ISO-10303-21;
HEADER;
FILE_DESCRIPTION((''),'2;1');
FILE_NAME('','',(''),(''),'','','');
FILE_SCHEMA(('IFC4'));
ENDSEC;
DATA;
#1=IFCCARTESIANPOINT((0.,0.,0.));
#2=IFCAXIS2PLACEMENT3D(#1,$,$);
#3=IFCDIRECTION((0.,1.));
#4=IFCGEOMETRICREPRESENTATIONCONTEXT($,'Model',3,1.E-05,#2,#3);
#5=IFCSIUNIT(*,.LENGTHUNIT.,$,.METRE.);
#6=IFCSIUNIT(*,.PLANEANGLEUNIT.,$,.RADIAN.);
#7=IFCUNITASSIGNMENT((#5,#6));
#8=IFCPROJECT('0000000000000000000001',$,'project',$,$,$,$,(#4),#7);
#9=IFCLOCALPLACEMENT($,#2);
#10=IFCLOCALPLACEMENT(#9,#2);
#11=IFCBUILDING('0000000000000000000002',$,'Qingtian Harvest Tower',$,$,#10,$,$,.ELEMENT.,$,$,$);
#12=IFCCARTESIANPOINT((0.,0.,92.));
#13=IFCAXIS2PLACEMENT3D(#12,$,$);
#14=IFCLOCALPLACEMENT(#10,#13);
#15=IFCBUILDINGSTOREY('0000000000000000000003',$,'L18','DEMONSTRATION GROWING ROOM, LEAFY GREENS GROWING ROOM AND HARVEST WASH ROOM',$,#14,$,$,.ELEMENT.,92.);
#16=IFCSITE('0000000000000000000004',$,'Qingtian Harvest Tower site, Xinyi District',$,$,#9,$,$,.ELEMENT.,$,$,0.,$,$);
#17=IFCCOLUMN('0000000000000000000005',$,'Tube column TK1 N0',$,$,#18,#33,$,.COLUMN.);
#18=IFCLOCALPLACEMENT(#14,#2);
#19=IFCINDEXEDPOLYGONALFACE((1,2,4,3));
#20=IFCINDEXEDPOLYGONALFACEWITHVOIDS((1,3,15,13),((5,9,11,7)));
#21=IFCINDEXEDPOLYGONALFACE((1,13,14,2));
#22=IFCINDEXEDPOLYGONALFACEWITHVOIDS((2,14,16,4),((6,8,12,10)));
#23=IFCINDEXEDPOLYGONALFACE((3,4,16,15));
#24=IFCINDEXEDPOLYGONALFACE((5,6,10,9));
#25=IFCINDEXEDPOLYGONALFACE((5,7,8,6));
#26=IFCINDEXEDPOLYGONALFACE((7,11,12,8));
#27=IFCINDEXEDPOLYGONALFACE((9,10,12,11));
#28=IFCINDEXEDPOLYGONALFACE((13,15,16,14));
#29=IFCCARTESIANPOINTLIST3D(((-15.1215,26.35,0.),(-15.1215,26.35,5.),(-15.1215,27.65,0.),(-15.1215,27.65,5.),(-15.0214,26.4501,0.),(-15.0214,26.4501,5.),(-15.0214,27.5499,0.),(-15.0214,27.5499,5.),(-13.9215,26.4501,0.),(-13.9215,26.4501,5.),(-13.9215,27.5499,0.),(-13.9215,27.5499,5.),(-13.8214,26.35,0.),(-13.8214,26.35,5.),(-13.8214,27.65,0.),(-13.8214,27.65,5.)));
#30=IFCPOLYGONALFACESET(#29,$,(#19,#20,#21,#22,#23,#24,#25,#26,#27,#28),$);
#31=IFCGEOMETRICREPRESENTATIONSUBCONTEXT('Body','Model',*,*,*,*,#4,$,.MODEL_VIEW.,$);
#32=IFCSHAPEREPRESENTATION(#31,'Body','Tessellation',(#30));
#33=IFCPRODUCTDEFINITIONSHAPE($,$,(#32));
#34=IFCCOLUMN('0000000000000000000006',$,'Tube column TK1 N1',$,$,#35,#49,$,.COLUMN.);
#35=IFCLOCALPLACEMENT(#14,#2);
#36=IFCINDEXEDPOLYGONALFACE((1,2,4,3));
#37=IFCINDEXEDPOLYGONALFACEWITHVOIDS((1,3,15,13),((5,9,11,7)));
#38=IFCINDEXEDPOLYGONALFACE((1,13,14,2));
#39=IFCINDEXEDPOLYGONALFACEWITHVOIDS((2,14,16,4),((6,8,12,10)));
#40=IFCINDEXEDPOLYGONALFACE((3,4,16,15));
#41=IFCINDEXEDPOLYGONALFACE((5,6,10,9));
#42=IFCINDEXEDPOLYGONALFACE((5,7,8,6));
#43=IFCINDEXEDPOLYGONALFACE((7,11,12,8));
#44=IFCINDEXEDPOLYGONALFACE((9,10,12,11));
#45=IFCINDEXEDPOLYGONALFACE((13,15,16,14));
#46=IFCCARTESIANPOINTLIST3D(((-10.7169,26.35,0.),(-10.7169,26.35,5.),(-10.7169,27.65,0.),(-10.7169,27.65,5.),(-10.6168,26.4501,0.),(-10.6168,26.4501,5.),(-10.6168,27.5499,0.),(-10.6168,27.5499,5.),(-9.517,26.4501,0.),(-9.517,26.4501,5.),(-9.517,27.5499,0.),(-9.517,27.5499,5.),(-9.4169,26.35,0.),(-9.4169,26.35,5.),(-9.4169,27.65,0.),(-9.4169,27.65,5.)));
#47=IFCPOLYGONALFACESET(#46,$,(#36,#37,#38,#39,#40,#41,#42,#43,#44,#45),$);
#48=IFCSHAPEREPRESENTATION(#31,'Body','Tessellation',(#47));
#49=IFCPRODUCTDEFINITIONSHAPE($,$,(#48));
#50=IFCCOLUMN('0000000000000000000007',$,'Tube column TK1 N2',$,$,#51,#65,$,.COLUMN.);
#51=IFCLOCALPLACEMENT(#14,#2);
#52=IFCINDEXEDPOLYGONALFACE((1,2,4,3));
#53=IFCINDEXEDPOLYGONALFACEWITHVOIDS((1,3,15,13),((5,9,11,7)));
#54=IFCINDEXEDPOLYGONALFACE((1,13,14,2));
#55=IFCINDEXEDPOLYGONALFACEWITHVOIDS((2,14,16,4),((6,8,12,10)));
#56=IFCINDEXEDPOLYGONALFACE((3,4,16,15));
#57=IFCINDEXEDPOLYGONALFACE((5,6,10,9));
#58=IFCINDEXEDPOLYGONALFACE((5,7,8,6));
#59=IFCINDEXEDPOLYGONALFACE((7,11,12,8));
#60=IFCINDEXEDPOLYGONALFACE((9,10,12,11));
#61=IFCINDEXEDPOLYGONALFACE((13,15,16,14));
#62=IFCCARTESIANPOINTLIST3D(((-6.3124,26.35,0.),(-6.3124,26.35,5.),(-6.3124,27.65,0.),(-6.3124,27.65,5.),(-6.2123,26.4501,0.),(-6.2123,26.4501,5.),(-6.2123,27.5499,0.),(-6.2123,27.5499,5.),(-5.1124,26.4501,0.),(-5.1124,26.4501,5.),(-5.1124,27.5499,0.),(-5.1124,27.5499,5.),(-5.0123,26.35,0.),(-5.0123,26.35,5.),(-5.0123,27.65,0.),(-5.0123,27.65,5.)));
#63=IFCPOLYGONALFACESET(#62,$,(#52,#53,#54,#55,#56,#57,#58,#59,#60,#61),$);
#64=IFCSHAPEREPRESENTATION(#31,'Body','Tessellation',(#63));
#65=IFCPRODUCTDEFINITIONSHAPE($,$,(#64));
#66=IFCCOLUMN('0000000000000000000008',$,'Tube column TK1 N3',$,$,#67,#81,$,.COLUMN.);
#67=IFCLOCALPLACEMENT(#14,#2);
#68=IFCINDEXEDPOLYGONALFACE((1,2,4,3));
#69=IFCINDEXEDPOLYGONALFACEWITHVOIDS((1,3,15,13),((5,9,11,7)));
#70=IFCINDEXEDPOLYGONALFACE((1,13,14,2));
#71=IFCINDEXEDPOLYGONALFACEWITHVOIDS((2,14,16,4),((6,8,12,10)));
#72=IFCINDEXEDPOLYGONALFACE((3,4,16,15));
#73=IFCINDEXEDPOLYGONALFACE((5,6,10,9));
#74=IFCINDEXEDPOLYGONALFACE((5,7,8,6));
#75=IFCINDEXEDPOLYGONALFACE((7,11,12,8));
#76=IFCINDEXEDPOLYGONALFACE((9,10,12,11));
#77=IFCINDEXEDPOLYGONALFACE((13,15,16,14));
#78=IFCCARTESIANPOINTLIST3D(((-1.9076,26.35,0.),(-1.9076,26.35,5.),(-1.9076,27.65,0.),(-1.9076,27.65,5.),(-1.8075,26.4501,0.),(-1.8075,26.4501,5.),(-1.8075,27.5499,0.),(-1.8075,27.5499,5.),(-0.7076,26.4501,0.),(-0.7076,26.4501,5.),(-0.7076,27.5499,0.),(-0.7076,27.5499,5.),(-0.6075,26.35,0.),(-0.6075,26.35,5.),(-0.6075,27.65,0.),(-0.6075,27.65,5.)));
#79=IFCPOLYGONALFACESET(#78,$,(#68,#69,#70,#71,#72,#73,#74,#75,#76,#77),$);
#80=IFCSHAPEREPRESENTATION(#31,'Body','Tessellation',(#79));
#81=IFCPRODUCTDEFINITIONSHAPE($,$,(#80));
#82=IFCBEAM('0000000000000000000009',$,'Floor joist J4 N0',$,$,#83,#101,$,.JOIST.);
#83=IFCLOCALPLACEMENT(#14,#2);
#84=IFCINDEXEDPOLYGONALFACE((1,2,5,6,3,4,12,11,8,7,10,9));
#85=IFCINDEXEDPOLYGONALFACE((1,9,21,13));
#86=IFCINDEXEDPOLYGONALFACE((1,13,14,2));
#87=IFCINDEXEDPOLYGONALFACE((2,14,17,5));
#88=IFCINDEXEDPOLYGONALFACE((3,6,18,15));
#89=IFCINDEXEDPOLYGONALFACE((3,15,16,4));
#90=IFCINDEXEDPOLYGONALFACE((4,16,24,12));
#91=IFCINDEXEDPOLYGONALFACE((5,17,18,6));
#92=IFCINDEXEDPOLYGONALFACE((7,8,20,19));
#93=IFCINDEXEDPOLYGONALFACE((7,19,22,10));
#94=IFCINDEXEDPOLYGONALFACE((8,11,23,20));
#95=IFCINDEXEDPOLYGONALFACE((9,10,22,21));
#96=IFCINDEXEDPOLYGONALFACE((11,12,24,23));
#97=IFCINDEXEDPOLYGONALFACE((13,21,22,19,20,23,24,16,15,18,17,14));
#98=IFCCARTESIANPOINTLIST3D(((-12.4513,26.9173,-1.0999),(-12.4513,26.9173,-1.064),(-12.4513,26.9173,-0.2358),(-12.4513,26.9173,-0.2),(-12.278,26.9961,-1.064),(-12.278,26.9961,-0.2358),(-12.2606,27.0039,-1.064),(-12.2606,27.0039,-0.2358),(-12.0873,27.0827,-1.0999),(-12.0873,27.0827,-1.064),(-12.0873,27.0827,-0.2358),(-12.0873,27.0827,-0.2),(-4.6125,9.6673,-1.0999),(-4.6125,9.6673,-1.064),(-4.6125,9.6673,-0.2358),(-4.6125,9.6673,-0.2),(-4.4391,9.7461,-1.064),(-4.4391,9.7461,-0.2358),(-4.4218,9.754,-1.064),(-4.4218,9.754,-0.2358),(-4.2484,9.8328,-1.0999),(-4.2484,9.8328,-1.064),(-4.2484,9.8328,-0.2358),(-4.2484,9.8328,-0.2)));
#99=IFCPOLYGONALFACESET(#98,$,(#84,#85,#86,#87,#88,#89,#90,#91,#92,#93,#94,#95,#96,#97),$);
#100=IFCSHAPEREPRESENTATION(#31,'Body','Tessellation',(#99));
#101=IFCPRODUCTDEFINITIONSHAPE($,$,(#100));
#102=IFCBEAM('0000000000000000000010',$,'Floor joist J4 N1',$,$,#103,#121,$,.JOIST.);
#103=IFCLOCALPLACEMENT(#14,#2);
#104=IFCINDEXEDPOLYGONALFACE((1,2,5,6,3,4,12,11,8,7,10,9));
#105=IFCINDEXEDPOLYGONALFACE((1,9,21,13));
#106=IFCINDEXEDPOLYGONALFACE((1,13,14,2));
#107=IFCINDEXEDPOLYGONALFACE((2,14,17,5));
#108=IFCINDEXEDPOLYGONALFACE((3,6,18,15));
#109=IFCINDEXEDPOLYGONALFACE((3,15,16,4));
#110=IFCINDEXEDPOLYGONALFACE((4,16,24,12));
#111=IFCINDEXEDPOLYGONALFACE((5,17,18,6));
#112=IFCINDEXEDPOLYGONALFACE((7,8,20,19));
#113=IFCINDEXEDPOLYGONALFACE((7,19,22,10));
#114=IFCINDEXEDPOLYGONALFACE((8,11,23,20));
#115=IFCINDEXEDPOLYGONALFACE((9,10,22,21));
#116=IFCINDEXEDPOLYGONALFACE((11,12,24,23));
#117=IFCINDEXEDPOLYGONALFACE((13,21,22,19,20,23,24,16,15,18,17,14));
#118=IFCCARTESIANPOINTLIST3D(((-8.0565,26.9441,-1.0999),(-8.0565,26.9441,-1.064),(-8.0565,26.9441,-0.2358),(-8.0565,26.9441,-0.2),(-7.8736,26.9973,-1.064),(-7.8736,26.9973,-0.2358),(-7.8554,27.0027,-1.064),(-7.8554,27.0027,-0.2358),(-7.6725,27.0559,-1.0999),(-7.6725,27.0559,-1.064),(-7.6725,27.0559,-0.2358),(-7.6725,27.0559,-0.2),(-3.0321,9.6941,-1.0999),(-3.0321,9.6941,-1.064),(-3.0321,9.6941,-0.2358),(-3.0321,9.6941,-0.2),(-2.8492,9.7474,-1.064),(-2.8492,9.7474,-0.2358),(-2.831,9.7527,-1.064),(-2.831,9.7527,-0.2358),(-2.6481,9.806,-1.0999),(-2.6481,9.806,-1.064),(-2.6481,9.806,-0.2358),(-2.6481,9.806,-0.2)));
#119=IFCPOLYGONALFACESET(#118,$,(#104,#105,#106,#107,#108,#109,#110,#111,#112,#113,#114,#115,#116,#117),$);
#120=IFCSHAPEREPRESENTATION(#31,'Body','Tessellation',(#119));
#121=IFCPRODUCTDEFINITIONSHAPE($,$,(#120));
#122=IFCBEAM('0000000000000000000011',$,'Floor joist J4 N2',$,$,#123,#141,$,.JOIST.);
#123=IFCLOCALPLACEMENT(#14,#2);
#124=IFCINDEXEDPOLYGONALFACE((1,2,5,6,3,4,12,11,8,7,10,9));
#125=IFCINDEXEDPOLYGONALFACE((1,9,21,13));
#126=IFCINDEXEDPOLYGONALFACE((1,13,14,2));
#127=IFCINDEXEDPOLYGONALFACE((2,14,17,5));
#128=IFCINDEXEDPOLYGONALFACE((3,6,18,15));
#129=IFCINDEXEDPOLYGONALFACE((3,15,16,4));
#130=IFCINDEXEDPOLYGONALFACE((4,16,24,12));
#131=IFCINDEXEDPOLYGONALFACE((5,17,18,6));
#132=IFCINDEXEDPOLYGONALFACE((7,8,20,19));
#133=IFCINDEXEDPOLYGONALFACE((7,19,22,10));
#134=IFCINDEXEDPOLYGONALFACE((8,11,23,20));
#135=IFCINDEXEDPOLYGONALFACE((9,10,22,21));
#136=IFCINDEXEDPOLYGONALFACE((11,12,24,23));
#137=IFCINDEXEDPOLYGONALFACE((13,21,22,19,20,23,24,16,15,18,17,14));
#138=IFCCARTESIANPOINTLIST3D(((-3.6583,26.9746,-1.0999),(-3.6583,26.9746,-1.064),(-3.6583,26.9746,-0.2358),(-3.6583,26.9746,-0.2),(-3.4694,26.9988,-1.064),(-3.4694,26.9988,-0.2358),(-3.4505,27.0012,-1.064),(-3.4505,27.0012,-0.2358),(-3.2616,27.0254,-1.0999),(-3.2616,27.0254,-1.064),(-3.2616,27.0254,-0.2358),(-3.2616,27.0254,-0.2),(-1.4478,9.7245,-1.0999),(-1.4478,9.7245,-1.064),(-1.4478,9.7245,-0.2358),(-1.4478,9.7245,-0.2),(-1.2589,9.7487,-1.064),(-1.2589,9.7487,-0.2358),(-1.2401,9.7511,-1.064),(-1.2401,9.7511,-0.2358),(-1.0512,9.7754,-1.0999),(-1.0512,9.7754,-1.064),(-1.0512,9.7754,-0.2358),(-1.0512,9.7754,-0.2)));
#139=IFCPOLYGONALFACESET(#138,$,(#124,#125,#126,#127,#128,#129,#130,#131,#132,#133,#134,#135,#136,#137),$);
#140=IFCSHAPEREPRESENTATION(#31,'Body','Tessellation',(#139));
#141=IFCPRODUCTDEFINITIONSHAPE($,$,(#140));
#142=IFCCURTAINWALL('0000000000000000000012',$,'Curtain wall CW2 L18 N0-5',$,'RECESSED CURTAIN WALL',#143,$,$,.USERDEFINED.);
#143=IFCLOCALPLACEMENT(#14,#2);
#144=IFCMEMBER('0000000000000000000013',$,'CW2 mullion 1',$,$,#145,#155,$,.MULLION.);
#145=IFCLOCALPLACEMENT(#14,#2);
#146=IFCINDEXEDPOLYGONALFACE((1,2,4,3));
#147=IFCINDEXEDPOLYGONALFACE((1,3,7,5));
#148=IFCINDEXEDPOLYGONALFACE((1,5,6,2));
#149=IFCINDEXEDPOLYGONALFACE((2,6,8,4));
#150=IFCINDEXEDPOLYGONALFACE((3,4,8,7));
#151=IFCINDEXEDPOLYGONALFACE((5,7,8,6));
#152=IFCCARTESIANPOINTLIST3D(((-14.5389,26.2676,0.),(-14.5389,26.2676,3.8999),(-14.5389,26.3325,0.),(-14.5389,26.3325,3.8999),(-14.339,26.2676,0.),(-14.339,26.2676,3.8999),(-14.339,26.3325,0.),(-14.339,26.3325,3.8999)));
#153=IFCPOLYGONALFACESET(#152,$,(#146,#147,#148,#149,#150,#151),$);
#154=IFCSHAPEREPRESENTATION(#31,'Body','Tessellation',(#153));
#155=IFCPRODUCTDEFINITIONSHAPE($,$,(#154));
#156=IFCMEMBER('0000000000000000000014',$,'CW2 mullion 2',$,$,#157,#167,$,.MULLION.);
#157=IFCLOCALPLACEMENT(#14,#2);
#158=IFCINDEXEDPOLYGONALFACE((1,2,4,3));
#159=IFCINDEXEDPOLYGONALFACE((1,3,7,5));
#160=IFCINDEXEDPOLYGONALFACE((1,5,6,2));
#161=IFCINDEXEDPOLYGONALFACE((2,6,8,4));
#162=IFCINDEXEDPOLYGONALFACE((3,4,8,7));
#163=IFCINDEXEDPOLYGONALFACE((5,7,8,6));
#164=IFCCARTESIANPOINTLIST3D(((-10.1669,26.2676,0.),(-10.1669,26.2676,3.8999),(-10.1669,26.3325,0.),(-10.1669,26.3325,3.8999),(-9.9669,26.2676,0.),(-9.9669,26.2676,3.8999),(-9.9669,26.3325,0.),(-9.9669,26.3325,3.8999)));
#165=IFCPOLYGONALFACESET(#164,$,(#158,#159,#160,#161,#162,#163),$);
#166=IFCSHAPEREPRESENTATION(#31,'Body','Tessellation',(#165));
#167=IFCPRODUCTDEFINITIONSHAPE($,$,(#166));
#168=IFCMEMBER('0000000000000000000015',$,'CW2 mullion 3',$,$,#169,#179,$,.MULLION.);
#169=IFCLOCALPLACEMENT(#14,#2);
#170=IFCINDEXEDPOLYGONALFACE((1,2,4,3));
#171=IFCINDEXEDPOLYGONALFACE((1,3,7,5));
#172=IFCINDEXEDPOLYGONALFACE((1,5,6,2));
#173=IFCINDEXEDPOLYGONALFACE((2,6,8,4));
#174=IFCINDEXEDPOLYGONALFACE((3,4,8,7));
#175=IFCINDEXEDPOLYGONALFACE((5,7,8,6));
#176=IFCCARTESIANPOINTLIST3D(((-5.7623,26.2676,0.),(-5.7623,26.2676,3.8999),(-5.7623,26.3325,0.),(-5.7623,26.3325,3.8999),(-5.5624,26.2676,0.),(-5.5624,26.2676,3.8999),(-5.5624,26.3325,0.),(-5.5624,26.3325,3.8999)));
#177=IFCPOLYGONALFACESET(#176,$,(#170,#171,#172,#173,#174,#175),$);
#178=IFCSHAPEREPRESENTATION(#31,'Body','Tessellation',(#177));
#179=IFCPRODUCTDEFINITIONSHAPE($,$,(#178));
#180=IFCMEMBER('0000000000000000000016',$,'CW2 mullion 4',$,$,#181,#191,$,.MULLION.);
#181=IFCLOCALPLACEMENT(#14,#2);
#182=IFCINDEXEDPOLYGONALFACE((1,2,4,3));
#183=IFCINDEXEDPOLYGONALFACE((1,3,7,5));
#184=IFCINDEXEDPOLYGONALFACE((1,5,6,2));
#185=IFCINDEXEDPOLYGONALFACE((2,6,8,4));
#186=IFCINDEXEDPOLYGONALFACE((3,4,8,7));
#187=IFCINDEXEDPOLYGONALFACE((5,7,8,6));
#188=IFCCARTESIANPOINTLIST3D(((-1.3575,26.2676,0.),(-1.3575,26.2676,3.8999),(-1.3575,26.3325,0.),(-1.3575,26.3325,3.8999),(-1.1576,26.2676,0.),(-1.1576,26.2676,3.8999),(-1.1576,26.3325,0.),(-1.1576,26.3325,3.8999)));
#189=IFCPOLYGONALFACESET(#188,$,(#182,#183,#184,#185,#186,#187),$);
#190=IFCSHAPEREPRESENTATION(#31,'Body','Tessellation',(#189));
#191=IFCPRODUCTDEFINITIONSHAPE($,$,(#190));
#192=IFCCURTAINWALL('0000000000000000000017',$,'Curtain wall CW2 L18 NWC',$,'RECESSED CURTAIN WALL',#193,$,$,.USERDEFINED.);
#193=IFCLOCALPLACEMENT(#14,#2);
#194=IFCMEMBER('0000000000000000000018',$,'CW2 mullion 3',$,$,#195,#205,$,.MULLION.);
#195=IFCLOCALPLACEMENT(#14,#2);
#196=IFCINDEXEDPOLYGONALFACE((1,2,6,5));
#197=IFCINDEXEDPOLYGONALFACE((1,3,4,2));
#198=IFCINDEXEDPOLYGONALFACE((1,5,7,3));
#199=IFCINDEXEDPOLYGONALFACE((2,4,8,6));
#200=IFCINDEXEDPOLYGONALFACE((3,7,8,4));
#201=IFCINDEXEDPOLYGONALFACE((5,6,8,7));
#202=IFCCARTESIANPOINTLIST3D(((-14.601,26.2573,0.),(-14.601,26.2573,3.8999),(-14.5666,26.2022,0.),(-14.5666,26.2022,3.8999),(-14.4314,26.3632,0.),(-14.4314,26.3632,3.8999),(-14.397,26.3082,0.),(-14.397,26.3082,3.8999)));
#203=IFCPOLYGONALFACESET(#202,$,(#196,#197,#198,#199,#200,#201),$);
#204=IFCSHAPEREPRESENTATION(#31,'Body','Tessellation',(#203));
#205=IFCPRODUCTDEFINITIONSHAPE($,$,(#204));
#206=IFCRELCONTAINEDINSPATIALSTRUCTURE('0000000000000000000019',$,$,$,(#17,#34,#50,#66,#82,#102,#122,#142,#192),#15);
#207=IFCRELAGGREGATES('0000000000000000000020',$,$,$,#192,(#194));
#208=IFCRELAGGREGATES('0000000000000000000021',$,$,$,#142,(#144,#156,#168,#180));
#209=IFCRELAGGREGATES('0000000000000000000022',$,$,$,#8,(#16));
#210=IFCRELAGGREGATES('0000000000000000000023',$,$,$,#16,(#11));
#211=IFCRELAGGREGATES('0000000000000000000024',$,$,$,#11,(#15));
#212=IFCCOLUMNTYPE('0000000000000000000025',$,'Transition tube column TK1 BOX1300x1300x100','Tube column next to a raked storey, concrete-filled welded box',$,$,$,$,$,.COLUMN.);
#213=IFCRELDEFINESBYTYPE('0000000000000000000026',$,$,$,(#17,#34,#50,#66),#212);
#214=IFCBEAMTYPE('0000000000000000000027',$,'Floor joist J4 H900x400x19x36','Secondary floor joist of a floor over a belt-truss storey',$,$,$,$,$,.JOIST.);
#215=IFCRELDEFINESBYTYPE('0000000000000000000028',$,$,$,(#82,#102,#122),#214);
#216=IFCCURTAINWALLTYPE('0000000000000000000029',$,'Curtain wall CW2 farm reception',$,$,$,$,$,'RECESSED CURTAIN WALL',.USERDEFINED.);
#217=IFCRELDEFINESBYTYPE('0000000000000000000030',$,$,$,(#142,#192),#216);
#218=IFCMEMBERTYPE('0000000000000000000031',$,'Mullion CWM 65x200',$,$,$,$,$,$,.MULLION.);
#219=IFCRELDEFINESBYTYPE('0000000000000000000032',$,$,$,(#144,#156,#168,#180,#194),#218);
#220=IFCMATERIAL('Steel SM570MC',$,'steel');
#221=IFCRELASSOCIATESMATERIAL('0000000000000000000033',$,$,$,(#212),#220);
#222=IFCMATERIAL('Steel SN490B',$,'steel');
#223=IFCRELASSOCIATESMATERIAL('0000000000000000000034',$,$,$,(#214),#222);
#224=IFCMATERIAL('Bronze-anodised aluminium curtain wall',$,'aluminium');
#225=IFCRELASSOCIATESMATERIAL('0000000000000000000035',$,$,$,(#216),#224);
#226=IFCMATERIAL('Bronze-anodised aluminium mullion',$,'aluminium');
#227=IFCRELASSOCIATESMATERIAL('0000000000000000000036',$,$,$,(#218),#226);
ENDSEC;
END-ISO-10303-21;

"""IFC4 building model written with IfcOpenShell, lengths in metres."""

from ifc_helpers import new_model, si_unit, direction, frame, origin, origin_2d, place, context, subcontext, project, spatial, rectangle, hollow_rectangle, i_section, extrude, material, material_profile, profile_set, type_object, element, aggregate, save


model = new_model("IFC4")

# Units and contexts
model_context = context("Model", 3, precision=1e-05, world=origin(), true_north=direction((0.0, 1.0)))
body_context = subcontext(model_context, "Body", "Model", "MODEL_VIEW")
ifc_project = project(units=[si_unit("LENGTHUNIT", "METRE"), si_unit("PLANEANGLEUNIT", "RADIAN")], contexts=[model_context])

# Site, building, storey
site_placement = place(None, origin())
site = spatial("IfcSite", under=ifc_project, at=site_placement, Name="Qingtian Harvest Tower site, Xinyi District", CompositionType="ELEMENT", RefElevation=0.0)
building_placement = place(site_placement, origin())
building = spatial("IfcBuilding", under=site, at=building_placement, Name="Qingtian Harvest Tower", CompositionType="ELEMENT")
storey_placement = place(building_placement, frame((0.0, 0.0, 92.0)))
storey = spatial("IfcBuildingStorey", under=building, at=storey_placement, Name="L18", Description="DEMONSTRATION GROWING ROOM, LEAFY GREENS GROWING ROOM AND HARVEST WASH ROOM", CompositionType="ELEMENT", Elevation=92.0)

# Columns
ifc_material_1 = material(Name="Steel SM570MC", Category="steel")
ifc_material_profile_1 = material_profile(ifc_material_1, hollow_rectangle(XDim=1.3, YDim=1.3, WallThickness=0.1001, at=origin_2d()), Name="BOX1300x1300x100")
ifc_profile_set_1 = profile_set([ifc_material_profile_1], Name="Steel SM570MC")
column_type = type_object("IfcColumnType", Name="Transition tube column TK1 BOX1300x1300x100", Description="Tube column next to a raked storey, concrete-filled welded box", PredefinedType="COLUMN", material=ifc_profile_set_1)
for number, where, z_axis, x_axis, name in (
    (1, (-14.4714, 27.0, 0.0), (0.0, 0.0, 1.0), (-1.0, 0.0, 0.0), "Tube column TK1 N0"),
    (2, (-10.0669, 27.0, 0.0), (0.0, 0.0, 1.0), (-1.0, 0.0, 0.0), "Tube column TK1 N1"),
    (3, (-5.6624, 27.0, 0.0), (0.0, 0.0, 1.0), (-1.0, 0.0, 0.0), "Tube column TK1 N2"),
    (4, (-1.2576, 27.0, 0.0), (0.0, 0.0, 1.0), (-1.0, 0.0, 0.0), "Tube column TK1 N3"),
):
    element("IfcColumn", number, at=place(storey_placement, frame(where, z_axis=z_axis, x_axis=x_axis)), inside=storey, type_object=column_type, Name=name, PredefinedType="COLUMN", context=body_context, shape_type="SweptSolid", body=[
        extrude(hollow_rectangle(XDim=1.3, YDim=1.3, WallThickness=0.1001, at=origin_2d()), origin(), (0.0, 0.0, 1.0), 5.0),
    ])

# Beams
ifc_material_2 = material(Name="Steel SN490B", Category="steel")
ifc_material_profile_2 = material_profile(ifc_material_2, i_section(OverallWidth=0.3999, OverallDepth=0.8999, WebThickness=0.019, FlangeThickness=0.0359, at=origin_2d()), Name="H900x400x19x36")
ifc_profile_set_2 = profile_set([ifc_material_profile_2], Name="Steel SN490B")
beam_type_1 = type_object("IfcBeamType", Name="Floor joist J4 H900x400x19x36", Description="Secondary floor joist of a floor over a belt-truss storey", PredefinedType="JOIST", material=ifc_profile_set_2)
beam_1_placement = place(storey_placement, frame((-12.2693, 27.0, -0.6499), z_axis=(0.413714, -0.910407, 0.0), x_axis=(0.910407, 0.413714, 0.0)))
element("IfcBeam", 5, at=beam_1_placement, inside=storey, type_object=beam_type_1, Name="Floor joist J4 N0", PredefinedType="JOIST", context=body_context, shape_type="SweptSolid", body=[
    extrude(i_section(OverallWidth=0.3999, OverallDepth=0.8999, WebThickness=0.019, FlangeThickness=0.0359, at=origin_2d()), origin(), (0.0, 0.0, 1.0), 18.9475),
])
beam_2_placement = place(storey_placement, frame((-7.8645, 27.0, -0.6499), z_axis=(0.279649, -0.960102, 0.0), x_axis=(0.960102, 0.279649, 0.0)))
element("IfcBeam", 6, at=beam_2_placement, inside=storey, type_object=beam_type_1, Name="Floor joist J4 N1", PredefinedType="JOIST", context=body_context, shape_type="SweptSolid", body=[
    extrude(i_section(OverallWidth=0.3999, OverallDepth=0.8999, WebThickness=0.019, FlangeThickness=0.0359, at=origin_2d()), origin(), (0.0, 0.0, 1.0), 17.9668),
])
beam_3_placement = place(storey_placement, frame((-3.46, 27.0, -0.6499), z_axis=(0.127103, -0.99189, 0.0), x_axis=(0.99189, 0.127103, 0.0)))
element("IfcBeam", 7, at=beam_3_placement, inside=storey, type_object=beam_type_1, Name="Floor joist J4 N2", PredefinedType="JOIST", context=body_context, shape_type="SweptSolid", body=[
    extrude(i_section(OverallWidth=0.3999, OverallDepth=0.8999, WebThickness=0.019, FlangeThickness=0.0359, at=origin_2d()), origin(), (0.0, 0.0, 1.0), 17.3911),
])

# Curtain wall, members
ifc_material_3 = material(Name="Bronze-anodised aluminium curtain wall", Category="aluminium")
curtain_wall_type = type_object("IfcCurtainWallType", Name="Curtain wall CW2 farm reception", ElementType="RECESSED CURTAIN WALL", PredefinedType="USERDEFINED", material=ifc_material_3)
curtain_wall_1_placement = place(storey_placement, origin())
curtain_wall_1 = element("IfcCurtainWall", 8, at=curtain_wall_1_placement, inside=storey, type_object=curtain_wall_type, Name="Curtain wall CW2 L18 N0-5", ObjectType="RECESSED CURTAIN WALL", PredefinedType="USERDEFINED")
ifc_material_4 = material(Name="Bronze-anodised aluminium mullion", Category="aluminium")
ifc_material_profile_3 = material_profile(ifc_material_4, rectangle(XDim=0.0649, YDim=0.2, at=origin_2d()), Name="AL 65x200")
ifc_profile_set_3 = profile_set([ifc_material_profile_3], Name="Bronze-anodised aluminium mullion")
member_type_1 = type_object("IfcMemberType", Name="Mullion CWM 65x200", PredefinedType="MULLION", material=ifc_profile_set_3)
member_1_placement = place(storey_placement, frame((-14.439, 26.3, 0.0), z_axis=(0.0, 0.0, 1.0), x_axis=(0.0, 1.0, 0.0)))
member_1 = element("IfcMember", 9, at=member_1_placement, type_object=member_type_1, Name="CW2 mullion 1", PredefinedType="MULLION", context=body_context, shape_type="SweptSolid", body=[
    extrude(rectangle(XDim=0.0649, YDim=0.2, at=origin_2d()), origin(), (0.0, 0.0, 1.0), 3.8999),
])
member_2_placement = place(storey_placement, frame((-10.0669, 26.3, 0.0), z_axis=(0.0, 0.0, 1.0), x_axis=(0.0, 1.0, 0.0)))
member_2 = element("IfcMember", 10, at=member_2_placement, type_object=member_type_1, Name="CW2 mullion 2", PredefinedType="MULLION", context=body_context, shape_type="SweptSolid", body=[
    extrude(rectangle(XDim=0.0649, YDim=0.2, at=origin_2d()), origin(), (0.0, 0.0, 1.0), 3.8999),
])
member_3_placement = place(storey_placement, frame((-5.6624, 26.3, 0.0), z_axis=(0.0, 0.0, 1.0), x_axis=(0.0, 1.0, 0.0)))
member_3 = element("IfcMember", 11, at=member_3_placement, type_object=member_type_1, Name="CW2 mullion 3", PredefinedType="MULLION", context=body_context, shape_type="SweptSolid", body=[
    extrude(rectangle(XDim=0.0649, YDim=0.2, at=origin_2d()), origin(), (0.0, 0.0, 1.0), 3.8999),
])
member_4_placement = place(storey_placement, frame((-1.2576, 26.3, 0.0), z_axis=(0.0, 0.0, 1.0), x_axis=(0.0, 1.0, 0.0)))
member_4 = element("IfcMember", 12, at=member_4_placement, type_object=member_type_1, Name="CW2 mullion 4", PredefinedType="MULLION", context=body_context, shape_type="SweptSolid", body=[
    extrude(rectangle(XDim=0.0649, YDim=0.2, at=origin_2d()), origin(), (0.0, 0.0, 1.0), 3.8999),
])

# Curtain wall, member
curtain_wall_2_placement = place(storey_placement, origin())
curtain_wall_2 = element("IfcCurtainWall", 13, at=curtain_wall_2_placement, inside=storey, type_object=curtain_wall_type, Name="Curtain wall CW2 L18 NWC", ObjectType="RECESSED CURTAIN WALL", PredefinedType="USERDEFINED")
member_5_placement = place(storey_placement, frame((-14.499, 26.2827, 0.0), z_axis=(0.0, 0.0, 1.0), x_axis=(-0.529919, 0.848048, 0.0)))
member_5 = element("IfcMember", 14, at=member_5_placement, type_object=member_type_1, Name="CW2 mullion 3", PredefinedType="MULLION", context=body_context, shape_type="SweptSolid", body=[
    extrude(rectangle(XDim=0.0649, YDim=0.2, at=origin_2d()), origin(), (0.0, 0.0, 1.0), 3.8999),
])
aggregate(curtain_wall_2, [member_5])

aggregate(curtain_wall_1, [member_1, member_2, member_3, member_4])

save(model, "model.ifc")
